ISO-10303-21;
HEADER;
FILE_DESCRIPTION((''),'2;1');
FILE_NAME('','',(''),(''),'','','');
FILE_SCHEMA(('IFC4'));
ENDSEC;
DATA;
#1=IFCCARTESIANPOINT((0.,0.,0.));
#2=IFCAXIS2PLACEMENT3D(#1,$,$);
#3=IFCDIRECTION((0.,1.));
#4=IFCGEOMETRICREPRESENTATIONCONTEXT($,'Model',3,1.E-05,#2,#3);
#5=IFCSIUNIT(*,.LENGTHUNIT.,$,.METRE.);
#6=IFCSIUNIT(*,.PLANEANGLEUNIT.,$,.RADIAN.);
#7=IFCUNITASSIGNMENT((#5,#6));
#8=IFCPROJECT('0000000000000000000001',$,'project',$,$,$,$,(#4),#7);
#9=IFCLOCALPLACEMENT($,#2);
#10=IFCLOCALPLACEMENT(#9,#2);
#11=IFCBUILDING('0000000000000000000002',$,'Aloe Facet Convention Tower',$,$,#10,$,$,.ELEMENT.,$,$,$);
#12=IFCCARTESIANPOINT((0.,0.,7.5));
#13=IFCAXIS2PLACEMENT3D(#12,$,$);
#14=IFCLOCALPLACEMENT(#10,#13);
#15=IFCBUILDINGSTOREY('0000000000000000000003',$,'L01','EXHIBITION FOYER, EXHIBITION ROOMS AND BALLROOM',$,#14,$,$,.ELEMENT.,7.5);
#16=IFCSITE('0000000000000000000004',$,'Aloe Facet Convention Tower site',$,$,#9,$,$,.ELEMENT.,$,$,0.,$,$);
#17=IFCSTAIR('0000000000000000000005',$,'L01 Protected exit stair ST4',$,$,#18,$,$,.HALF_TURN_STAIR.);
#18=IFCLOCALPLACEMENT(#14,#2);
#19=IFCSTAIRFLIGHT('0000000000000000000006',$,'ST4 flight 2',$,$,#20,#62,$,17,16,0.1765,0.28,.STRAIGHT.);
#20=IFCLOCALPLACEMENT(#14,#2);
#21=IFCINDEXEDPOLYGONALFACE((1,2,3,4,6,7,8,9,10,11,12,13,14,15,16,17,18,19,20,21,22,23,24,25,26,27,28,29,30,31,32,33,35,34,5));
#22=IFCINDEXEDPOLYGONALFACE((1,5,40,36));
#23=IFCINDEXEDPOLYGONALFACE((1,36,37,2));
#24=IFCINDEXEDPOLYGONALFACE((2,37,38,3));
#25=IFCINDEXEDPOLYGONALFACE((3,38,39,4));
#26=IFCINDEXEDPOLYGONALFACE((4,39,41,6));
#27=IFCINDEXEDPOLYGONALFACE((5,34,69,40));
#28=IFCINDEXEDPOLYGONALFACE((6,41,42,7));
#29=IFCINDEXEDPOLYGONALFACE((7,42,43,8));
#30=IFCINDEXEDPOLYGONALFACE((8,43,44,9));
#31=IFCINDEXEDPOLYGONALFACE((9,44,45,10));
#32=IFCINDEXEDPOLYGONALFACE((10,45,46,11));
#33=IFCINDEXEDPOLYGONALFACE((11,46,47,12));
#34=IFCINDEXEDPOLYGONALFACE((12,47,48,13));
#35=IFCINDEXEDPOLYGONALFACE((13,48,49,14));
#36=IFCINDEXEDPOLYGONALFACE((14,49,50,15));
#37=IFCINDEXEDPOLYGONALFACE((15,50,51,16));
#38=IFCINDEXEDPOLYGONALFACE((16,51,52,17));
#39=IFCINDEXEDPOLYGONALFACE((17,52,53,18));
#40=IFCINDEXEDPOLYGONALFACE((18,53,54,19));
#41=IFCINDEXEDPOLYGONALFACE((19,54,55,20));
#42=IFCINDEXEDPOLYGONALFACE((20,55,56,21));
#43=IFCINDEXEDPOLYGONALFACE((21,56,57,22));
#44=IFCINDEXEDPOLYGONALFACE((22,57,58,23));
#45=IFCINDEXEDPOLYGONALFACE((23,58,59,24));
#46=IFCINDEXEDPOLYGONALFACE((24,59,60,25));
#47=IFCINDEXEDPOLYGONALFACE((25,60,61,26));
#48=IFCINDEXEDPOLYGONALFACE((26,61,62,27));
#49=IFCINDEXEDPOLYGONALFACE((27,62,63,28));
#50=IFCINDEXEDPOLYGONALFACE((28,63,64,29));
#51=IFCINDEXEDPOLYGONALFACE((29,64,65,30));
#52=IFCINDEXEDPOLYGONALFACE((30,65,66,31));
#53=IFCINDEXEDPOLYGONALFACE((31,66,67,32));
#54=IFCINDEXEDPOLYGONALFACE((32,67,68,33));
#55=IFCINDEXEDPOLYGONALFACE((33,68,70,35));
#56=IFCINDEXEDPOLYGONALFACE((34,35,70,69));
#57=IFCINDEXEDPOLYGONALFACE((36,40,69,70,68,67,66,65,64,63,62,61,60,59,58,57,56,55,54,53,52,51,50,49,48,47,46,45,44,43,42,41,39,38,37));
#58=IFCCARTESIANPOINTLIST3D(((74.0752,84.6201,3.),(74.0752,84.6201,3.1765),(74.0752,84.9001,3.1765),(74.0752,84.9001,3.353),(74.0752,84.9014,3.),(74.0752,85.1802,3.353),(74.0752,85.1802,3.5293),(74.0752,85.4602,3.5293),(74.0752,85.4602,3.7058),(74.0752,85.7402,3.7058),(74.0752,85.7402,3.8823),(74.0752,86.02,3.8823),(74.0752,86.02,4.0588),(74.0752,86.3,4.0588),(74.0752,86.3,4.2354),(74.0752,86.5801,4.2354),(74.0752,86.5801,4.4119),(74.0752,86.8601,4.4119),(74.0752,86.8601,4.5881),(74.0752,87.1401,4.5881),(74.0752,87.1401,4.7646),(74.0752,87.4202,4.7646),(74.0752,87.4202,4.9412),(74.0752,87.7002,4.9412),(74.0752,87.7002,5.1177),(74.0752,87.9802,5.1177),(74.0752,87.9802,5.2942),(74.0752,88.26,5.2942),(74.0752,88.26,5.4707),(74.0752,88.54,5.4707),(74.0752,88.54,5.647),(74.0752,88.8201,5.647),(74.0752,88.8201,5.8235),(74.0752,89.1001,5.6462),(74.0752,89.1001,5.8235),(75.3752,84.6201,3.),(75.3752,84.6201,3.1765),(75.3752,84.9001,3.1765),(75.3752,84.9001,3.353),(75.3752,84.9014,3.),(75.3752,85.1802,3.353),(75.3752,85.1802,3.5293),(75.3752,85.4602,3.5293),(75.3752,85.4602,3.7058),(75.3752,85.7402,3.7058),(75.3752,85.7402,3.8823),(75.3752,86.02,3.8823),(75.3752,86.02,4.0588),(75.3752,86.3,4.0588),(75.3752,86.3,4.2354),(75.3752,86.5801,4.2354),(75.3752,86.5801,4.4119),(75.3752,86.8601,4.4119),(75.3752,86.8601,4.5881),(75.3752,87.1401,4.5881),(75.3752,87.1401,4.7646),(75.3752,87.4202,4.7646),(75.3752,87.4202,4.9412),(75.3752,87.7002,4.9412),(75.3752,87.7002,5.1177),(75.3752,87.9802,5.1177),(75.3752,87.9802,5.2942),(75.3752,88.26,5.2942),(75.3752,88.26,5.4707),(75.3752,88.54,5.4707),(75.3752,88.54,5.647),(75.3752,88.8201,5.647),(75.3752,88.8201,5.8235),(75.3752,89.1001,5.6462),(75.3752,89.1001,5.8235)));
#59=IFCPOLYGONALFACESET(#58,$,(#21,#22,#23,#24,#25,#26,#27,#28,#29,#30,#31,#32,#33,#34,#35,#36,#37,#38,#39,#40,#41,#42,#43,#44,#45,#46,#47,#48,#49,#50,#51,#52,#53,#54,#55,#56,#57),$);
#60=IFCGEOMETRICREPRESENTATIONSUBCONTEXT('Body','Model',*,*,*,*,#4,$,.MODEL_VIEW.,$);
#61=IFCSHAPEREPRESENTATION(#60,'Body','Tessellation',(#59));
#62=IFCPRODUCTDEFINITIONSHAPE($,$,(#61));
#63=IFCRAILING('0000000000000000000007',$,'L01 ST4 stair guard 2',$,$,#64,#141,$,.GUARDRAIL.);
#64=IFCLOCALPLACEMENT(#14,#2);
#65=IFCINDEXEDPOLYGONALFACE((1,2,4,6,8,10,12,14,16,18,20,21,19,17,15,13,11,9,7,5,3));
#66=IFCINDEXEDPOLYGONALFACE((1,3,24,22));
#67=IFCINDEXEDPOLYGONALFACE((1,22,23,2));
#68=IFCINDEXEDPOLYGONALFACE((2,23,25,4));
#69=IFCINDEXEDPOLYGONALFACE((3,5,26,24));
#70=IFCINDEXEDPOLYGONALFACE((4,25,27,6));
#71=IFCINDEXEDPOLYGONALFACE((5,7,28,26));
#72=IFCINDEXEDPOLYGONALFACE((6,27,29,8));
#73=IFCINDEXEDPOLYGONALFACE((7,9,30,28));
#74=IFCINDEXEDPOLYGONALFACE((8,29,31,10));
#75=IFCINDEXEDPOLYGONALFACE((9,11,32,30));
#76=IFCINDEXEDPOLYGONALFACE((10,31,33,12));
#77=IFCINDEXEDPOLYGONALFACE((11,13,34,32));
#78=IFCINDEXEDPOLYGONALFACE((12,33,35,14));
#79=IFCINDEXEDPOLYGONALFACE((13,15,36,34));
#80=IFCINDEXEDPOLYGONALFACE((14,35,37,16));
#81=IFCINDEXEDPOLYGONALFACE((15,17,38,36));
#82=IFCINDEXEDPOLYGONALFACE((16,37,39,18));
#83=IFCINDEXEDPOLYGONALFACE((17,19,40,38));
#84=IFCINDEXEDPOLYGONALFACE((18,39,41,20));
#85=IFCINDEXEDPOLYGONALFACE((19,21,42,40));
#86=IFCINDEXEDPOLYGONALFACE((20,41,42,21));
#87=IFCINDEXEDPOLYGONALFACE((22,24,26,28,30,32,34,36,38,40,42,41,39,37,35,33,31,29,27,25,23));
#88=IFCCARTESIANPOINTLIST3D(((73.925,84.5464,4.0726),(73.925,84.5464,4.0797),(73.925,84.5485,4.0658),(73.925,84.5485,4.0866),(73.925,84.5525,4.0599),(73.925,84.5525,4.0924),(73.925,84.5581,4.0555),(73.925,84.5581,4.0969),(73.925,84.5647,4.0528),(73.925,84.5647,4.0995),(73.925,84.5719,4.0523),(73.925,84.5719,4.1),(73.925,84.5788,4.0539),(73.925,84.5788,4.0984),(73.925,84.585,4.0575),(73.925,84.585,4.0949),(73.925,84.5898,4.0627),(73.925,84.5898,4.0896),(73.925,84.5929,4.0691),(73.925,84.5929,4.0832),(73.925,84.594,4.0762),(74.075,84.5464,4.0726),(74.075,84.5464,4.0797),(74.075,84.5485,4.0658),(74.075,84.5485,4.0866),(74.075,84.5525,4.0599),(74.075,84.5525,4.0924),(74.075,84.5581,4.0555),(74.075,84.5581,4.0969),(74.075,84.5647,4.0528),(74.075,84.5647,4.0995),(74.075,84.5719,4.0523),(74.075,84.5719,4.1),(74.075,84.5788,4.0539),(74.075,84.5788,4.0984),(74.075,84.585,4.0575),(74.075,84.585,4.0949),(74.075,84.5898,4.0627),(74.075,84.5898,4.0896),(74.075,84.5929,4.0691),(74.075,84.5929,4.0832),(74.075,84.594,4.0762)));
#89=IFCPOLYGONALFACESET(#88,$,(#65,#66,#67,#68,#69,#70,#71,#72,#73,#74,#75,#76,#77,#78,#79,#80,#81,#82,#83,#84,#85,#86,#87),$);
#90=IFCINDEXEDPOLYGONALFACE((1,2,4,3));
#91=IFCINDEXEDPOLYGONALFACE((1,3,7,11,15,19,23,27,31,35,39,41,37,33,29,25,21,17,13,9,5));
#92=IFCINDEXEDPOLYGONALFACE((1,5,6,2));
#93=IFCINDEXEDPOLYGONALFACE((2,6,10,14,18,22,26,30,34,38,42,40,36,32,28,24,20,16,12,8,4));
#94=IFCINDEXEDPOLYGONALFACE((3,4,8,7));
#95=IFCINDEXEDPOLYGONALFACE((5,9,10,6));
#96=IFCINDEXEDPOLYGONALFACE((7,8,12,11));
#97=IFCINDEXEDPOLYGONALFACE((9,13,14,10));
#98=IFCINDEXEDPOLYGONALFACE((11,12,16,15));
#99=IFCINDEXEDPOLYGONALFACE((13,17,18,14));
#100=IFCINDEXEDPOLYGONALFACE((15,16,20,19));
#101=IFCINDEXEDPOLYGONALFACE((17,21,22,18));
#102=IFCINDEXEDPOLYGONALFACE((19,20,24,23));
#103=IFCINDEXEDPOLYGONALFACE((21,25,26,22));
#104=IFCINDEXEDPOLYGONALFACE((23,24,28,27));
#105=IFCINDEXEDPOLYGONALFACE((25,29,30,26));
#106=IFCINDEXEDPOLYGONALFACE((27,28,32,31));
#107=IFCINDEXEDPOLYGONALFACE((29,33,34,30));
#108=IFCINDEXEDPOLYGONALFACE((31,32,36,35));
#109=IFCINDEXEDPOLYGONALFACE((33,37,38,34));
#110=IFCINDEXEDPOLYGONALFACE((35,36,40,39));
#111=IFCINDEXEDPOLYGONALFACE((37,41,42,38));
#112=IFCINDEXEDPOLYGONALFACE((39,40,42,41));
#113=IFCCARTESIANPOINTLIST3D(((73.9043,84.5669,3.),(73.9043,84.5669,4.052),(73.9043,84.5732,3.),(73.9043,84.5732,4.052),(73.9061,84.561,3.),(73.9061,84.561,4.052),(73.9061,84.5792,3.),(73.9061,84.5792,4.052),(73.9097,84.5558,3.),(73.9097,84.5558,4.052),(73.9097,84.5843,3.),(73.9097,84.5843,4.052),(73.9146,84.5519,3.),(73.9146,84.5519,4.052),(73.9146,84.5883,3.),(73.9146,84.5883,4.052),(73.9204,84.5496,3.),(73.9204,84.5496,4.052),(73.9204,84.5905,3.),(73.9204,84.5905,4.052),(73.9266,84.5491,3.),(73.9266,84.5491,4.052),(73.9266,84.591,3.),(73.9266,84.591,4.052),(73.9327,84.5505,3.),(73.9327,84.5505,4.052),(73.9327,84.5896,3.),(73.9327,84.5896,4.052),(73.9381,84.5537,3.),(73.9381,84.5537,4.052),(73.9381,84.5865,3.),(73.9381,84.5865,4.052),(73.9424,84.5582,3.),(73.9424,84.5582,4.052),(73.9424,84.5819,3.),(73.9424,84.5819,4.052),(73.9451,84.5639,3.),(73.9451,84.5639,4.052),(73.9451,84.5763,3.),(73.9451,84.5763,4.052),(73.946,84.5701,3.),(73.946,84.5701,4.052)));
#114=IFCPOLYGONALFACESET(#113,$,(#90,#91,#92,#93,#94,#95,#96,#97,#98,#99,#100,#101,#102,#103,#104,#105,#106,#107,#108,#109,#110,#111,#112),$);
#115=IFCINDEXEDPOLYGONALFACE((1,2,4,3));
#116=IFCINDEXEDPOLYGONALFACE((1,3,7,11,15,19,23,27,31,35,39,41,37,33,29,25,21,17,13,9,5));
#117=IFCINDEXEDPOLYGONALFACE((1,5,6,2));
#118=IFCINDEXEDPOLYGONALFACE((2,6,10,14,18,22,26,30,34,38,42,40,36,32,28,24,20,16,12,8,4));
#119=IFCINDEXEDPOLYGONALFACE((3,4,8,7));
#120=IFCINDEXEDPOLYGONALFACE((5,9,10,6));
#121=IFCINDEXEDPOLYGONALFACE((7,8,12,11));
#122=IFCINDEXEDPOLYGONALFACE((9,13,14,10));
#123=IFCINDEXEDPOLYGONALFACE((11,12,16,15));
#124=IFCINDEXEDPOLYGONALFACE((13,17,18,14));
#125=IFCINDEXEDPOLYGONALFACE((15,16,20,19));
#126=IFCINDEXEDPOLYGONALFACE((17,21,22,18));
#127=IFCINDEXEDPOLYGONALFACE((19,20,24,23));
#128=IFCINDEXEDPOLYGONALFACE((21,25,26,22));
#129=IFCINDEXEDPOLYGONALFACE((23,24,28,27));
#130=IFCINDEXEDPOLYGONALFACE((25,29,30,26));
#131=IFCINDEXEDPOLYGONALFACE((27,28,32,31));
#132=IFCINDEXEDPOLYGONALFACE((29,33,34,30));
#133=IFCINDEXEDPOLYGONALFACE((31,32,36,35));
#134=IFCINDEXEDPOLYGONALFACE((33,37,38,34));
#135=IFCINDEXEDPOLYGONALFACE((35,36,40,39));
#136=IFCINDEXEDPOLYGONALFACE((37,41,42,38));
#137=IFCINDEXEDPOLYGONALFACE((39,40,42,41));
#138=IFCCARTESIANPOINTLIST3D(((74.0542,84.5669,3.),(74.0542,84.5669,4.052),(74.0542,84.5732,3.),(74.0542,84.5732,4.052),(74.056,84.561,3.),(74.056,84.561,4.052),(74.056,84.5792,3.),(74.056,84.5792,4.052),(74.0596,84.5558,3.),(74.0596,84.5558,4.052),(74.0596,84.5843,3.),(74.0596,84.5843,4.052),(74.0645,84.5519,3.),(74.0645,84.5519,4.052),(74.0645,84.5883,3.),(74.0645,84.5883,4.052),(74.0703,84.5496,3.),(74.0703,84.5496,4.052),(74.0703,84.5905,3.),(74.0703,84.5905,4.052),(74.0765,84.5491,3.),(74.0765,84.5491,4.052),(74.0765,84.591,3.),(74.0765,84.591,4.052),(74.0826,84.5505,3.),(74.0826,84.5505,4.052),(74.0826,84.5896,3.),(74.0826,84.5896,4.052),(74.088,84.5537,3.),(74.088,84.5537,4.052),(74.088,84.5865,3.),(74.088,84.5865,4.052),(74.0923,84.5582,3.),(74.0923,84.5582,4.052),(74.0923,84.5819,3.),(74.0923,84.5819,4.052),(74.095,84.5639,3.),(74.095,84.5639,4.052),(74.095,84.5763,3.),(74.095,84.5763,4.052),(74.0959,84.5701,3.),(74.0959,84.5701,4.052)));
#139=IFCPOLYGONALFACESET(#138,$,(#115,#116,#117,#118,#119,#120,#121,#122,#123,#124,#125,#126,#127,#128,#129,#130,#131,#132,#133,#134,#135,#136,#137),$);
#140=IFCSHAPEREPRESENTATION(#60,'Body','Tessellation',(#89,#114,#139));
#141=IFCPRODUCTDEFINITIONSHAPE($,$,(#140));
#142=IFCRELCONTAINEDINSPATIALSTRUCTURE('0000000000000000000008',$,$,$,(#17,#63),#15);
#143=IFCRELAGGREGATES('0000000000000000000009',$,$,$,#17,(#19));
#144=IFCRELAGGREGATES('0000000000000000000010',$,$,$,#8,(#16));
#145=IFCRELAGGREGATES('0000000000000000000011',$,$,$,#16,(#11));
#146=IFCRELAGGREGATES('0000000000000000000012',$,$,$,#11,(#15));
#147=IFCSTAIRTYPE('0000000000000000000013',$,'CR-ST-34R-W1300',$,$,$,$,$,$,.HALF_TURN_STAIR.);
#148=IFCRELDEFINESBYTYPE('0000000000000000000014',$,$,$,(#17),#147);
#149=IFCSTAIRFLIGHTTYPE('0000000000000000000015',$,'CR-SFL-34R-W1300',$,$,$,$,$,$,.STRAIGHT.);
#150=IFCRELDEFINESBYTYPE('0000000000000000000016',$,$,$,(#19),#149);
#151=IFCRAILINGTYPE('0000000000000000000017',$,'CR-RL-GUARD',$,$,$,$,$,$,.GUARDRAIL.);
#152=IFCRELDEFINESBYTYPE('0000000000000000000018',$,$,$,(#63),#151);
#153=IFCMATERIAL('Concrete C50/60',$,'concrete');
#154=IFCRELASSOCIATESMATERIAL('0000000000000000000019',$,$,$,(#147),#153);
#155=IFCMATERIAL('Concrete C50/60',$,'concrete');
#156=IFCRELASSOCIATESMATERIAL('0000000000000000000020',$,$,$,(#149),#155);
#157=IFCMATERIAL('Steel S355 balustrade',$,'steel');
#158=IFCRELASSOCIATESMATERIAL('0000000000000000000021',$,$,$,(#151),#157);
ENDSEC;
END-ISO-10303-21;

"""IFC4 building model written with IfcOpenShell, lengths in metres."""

from ifc_helpers import new_model, si_unit, direction, frame, origin, origin_2d, place, context, subcontext, project, spatial, polyline, circle, outline, extrude, material, type_object, element, aggregate, save


model = new_model("IFC4")

# Units and contexts
model_context = context("Model", 3, precision=1e-05, world=origin(), true_north=direction((0.0, 1.0)))
body_context = subcontext(model_context, "Body", "Model", "MODEL_VIEW")
ifc_project = project(units=[si_unit("LENGTHUNIT", "METRE"), si_unit("PLANEANGLEUNIT", "RADIAN")], contexts=[model_context])

# Site, building, storey
site_placement = place(None, origin())
site = spatial("IfcSite", under=ifc_project, at=site_placement, Name="Aloe Facet Convention Tower site", CompositionType="ELEMENT", RefElevation=0.0)
building_placement = place(site_placement, origin())
building = spatial("IfcBuilding", under=site, at=building_placement, Name="Aloe Facet Convention Tower", CompositionType="ELEMENT")
storey_placement = place(building_placement, frame((0.0, 0.0, 7.5)))
storey = spatial("IfcBuildingStorey", under=building, at=storey_placement, Name="L01", Description="EXHIBITION FOYER, EXHIBITION ROOMS AND BALLROOM", CompositionType="ELEMENT", Elevation=7.5)

# Stair, stair flight
ifc_material_1 = material(Name="Concrete C50/60", Category="concrete")
stair_type = type_object("IfcStairType", Name="CR-ST-34R-W1300", PredefinedType="HALF_TURN_STAIR", material=ifc_material_1)
stair_placement = place(storey_placement, origin())
stair = element("IfcStair", 1, at=stair_placement, inside=storey, type_object=stair_type, Name="L01 Protected exit stair ST4", PredefinedType="HALF_TURN_STAIR")
ifc_material_2 = material(Name="Concrete C50/60", Category="concrete")
stair_flight_type = type_object("IfcStairFlightType", Name="CR-SFL-34R-W1300", PredefinedType="STRAIGHT", material=ifc_material_2)
stair_flight_1_placement = place(storey_placement, frame((74.7251, 84.6201, 3.0), z_axis=(0.0, 0.0, 1.0), x_axis=(0.0, 1.0, 0.0)))
stair_flight_1 = element("IfcStairFlight", 2, at=stair_flight_1_placement, type_object=stair_flight_type, Name="ST4 flight 2", NumberOfRisers=17, NumberOfTreads=16, PredefinedType="STRAIGHT", RiserHeight=0.1765, TreadLength=0.28, context=body_context, shape_type="SweptSolid", body=[
    extrude(outline(polyline([(0.0, 0.0), (0.0, 0.1765), (0.28, 0.1765), (0.28, 0.353), (0.5601, 0.353), (0.5601, 0.5293), (0.8401, 0.5293), (0.8401, 0.7058), (1.1201, 0.7058), (1.1201, 0.8823), (1.3999, 0.8823), (1.3999, 1.0588), (1.6799, 1.0588), (1.6799, 1.2354), (1.96, 1.2354), (1.96, 1.4119), (2.24, 1.4119), (2.24, 1.5881), (2.52, 1.5881), (2.52, 1.7646), (2.8, 1.7646), (2.8, 1.9412), (3.0801, 1.9412), (3.0801, 2.1177), (3.3601, 2.1177), (3.3601, 2.2942), (3.6399, 2.2942), (3.6399, 2.4707), (3.9199, 2.4707), (3.9199, 2.647), (4.2, 2.647), (4.2, 2.8235), (4.48, 2.8235), (4.48, 3.0), (4.48, 2.6462), (0.2812, 0.0), (0.0, 0.0)])), frame((0.0, 0.6499, 0.0), z_axis=(0.0, -1.0, 0.0), x_axis=(1.0, 0.0, 0.0)), (0.0, 0.0, 1.0), 1.3),
])
aggregate(stair, [stair_flight_1])

# Railing
ifc_material_3 = material(Name="Steel S355 balustrade", Category="steel")
railing_type_1 = type_object("IfcRailingType", Name="CR-RL-GUARD", PredefinedType="GUARDRAIL", material=ifc_material_3)
railing_1_placement = place(storey_placement, frame((73.925, 84.5701, 3.0)))
element("IfcRailing", 3, at=railing_1_placement, inside=storey, type_object=railing_type_1, Name="L01 ST4 stair guard 2", PredefinedType="GUARDRAIL", context=body_context, shape_type="SweptSolid", body=[
    extrude(circle(Radius=0.0239, at=origin_2d()), frame((0.0, 0.0, 1.0762), z_axis=(1.0, 0.0, 0.0), x_axis=(0.0, 1.0, 0.0)), (0.0, 0.0, 1.0), 0.1499),
    extrude(circle(Radius=0.021, at=origin_2d()), origin(), (0.0, 0.0, 1.0), 1.052),
    extrude(circle(Radius=0.021, at=origin_2d()), frame((0.1499, 0.0, 0.0)), (0.0, 0.0, 1.0), 1.052),
])

save(model, "model.ifc")
